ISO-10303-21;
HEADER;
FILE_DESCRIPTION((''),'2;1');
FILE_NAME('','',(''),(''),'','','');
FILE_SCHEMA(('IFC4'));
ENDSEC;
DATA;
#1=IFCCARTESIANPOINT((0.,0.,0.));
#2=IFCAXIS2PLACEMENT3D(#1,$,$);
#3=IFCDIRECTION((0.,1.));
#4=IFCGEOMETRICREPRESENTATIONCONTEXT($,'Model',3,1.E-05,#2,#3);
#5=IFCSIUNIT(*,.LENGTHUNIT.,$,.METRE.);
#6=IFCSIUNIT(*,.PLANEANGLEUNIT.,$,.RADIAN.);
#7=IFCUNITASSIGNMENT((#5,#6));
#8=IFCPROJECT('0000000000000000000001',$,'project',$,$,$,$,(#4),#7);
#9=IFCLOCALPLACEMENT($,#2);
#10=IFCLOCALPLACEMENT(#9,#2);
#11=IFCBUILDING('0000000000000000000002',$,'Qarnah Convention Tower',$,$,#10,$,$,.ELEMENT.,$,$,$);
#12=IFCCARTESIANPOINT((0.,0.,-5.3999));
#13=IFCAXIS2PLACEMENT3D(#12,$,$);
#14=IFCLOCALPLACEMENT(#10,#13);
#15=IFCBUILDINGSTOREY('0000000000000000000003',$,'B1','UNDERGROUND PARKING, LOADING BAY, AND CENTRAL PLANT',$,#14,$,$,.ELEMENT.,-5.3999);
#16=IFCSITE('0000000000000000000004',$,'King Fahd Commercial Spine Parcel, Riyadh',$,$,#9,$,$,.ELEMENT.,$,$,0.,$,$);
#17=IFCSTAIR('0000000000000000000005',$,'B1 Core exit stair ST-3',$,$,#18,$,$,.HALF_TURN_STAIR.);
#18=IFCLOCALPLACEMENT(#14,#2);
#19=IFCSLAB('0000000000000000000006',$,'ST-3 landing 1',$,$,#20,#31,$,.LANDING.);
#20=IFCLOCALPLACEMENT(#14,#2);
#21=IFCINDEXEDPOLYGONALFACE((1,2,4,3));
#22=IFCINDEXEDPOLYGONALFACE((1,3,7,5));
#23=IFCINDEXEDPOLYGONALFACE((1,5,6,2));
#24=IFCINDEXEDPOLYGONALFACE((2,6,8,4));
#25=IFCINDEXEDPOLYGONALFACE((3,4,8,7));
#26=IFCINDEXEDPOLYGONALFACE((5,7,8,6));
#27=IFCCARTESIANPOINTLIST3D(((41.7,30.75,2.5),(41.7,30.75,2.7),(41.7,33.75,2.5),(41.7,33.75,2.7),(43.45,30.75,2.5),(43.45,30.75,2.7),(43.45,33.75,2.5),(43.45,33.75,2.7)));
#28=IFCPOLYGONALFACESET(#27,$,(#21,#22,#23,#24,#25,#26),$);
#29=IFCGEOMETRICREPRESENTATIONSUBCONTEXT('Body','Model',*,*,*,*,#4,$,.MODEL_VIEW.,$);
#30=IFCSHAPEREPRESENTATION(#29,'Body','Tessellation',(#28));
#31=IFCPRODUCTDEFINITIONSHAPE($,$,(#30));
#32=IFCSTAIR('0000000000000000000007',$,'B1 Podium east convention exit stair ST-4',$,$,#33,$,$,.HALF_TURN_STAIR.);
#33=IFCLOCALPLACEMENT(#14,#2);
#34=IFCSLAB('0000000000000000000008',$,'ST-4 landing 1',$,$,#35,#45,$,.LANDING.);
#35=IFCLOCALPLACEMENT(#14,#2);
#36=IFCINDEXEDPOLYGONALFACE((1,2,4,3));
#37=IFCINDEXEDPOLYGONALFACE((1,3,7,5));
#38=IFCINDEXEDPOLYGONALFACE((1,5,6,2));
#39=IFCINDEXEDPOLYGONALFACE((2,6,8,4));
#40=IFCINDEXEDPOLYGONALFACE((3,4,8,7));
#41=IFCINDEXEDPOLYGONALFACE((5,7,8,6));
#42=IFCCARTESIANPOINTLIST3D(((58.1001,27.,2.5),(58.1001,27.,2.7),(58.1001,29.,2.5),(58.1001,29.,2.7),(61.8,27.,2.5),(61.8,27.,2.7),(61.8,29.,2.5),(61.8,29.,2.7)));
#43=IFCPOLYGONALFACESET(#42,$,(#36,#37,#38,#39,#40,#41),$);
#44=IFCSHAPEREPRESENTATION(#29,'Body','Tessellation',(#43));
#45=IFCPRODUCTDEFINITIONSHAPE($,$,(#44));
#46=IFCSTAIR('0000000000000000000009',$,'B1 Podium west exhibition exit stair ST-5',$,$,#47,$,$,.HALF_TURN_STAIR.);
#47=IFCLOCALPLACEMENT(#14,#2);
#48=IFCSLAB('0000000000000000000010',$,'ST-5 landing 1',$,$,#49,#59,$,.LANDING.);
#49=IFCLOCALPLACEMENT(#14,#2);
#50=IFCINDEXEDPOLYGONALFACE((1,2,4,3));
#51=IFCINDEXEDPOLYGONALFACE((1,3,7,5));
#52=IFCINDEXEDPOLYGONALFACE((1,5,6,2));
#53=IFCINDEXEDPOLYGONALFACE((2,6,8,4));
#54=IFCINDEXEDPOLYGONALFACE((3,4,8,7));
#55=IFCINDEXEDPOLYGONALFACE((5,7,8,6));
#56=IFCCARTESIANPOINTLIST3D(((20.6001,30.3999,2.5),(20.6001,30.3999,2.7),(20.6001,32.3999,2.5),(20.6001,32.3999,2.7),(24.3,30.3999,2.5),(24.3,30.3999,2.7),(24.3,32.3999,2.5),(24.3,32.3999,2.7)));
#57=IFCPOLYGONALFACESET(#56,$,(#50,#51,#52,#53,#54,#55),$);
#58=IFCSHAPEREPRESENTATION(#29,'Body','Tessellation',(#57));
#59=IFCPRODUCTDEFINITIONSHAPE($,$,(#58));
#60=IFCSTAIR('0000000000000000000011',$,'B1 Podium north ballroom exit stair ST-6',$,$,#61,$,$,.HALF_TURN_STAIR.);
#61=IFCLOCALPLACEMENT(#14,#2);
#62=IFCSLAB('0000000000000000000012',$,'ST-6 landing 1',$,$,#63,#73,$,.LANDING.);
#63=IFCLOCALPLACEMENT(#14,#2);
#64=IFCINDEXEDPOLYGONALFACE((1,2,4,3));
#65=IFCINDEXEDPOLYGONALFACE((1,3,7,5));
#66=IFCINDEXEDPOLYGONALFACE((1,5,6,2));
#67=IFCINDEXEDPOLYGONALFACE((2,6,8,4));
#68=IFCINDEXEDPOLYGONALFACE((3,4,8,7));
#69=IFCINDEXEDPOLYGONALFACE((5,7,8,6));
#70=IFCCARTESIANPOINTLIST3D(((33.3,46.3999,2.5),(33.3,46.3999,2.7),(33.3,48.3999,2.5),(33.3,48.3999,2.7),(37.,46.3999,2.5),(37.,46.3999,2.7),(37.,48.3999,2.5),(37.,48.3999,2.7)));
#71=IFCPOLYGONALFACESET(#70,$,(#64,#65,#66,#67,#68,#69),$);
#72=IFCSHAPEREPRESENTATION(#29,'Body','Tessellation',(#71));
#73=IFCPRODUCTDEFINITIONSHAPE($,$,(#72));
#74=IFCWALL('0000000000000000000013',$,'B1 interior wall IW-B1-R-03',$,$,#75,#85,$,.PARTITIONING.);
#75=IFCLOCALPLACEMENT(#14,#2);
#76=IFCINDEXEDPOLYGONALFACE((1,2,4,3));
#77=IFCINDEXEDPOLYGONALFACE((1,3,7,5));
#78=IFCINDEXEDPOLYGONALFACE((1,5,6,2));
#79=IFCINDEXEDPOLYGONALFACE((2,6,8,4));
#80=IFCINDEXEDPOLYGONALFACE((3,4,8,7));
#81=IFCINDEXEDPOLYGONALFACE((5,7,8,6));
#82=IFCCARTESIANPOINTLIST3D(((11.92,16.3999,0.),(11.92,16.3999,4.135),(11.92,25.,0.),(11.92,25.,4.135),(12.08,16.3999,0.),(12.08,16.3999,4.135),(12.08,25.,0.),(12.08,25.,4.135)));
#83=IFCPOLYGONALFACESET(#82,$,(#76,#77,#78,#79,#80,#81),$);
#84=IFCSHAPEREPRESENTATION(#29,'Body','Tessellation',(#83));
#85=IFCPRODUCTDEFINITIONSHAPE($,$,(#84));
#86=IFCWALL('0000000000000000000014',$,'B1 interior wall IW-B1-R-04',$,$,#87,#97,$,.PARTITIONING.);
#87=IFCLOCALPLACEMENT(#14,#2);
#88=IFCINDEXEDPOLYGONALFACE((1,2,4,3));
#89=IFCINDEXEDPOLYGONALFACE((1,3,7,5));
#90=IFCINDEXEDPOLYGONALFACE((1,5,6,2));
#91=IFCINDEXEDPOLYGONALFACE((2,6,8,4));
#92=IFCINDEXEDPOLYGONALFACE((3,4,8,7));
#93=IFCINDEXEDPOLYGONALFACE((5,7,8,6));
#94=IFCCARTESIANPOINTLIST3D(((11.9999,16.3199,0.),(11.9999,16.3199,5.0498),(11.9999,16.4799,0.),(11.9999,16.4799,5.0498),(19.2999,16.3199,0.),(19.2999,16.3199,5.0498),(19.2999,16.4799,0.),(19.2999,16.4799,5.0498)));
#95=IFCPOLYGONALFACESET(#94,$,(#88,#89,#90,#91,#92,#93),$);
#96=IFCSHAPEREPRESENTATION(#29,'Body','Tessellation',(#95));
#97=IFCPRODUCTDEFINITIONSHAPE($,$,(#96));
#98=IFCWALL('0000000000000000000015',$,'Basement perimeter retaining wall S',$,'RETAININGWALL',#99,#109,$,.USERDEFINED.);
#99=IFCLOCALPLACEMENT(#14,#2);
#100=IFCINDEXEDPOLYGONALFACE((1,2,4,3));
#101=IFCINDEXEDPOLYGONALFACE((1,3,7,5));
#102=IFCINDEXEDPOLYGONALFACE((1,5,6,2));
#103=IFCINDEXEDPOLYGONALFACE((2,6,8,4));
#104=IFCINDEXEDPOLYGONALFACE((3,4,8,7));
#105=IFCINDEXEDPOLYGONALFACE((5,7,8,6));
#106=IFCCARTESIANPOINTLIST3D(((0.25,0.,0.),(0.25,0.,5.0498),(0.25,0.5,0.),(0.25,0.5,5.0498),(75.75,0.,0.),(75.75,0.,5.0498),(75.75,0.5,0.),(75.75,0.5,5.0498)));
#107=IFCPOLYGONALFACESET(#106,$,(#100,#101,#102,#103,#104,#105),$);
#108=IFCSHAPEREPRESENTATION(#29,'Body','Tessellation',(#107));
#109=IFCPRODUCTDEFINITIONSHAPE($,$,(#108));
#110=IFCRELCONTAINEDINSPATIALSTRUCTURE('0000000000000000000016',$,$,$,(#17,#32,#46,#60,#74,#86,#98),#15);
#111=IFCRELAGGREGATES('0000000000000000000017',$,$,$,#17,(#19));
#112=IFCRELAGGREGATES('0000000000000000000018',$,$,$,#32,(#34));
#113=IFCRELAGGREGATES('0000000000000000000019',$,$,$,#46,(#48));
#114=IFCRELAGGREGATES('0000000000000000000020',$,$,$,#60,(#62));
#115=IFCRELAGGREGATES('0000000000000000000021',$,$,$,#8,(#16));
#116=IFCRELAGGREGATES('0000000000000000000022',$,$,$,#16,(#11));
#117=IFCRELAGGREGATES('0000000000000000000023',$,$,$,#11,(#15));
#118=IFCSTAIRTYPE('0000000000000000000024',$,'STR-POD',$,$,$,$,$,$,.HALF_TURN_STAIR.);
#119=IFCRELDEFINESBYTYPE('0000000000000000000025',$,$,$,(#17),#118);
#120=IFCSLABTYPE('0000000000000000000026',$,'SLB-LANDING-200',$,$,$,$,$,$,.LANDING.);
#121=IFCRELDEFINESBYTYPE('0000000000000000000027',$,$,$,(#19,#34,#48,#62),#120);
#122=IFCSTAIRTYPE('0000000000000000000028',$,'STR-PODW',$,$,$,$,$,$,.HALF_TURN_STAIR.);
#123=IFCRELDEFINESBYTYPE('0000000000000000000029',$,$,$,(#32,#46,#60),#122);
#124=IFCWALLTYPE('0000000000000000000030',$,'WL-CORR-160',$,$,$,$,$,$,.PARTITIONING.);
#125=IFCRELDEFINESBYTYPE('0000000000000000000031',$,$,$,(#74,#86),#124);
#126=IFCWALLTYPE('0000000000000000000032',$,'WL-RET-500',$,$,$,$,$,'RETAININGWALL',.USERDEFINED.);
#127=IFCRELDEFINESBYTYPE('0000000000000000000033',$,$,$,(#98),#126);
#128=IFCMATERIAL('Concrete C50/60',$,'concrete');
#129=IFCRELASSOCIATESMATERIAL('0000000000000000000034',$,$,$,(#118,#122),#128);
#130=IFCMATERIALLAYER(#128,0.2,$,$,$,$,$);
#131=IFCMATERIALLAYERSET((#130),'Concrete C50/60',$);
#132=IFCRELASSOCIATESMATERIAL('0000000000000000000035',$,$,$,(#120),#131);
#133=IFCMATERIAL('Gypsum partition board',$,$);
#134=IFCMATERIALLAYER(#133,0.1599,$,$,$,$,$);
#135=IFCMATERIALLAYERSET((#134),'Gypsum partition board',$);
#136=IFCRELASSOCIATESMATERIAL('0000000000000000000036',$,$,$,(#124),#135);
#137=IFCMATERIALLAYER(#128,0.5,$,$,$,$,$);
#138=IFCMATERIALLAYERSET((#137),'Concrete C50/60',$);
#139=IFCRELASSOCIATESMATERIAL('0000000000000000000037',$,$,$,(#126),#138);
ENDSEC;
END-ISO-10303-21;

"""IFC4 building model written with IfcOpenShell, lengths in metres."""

from ifc_helpers import new_model, si_unit, direction, frame, frame_2d, origin, place, context, subcontext, project, spatial, polyline, rectangle, outline, extrude, material, layer, layer_set, type_object, element, aggregate, save


model = new_model("IFC4")

# Units and contexts
model_context = context("Model", 3, precision=1e-05, world=origin(), true_north=direction((0.0, 1.0)))
body_context = subcontext(model_context, "Body", "Model", "MODEL_VIEW")
ifc_project = project(units=[si_unit("LENGTHUNIT", "METRE"), si_unit("PLANEANGLEUNIT", "RADIAN")], contexts=[model_context])

# Site, building, storey
site_placement = place(None, origin())
site = spatial("IfcSite", under=ifc_project, at=site_placement, Name="King Fahd Commercial Spine Parcel, Riyadh", CompositionType="ELEMENT", RefElevation=0.0)
building_placement = place(site_placement, origin())
building = spatial("IfcBuilding", under=site, at=building_placement, Name="Qarnah Convention Tower", CompositionType="ELEMENT")
storey_placement = place(building_placement, frame((0.0, 0.0, -5.3999)))
storey = spatial("IfcBuildingStorey", under=building, at=storey_placement, Name="B1", Description="UNDERGROUND PARKING, LOADING BAY, AND CENTRAL PLANT", CompositionType="ELEMENT", Elevation=-5.3999)

# Shared definitions
ifc_material_1 = material(Name="Concrete C50/60", Category="concrete")

# Stairs, slabs
stair_type_1 = type_object("IfcStairType", Name="STR-POD", PredefinedType="HALF_TURN_STAIR", material=ifc_material_1)
ifc_layer_1 = layer(ifc_material_1, 0.2)
ifc_layer_set_1 = layer_set([ifc_layer_1], Name="Concrete C50/60")
slab_type_1 = type_object("IfcSlabType", Name="SLB-LANDING-200", PredefinedType="LANDING", material=ifc_layer_set_1)
stair_1_placement = place(storey_placement, origin())
stair_1 = element("IfcStair", 1, at=stair_1_placement, inside=storey, type_object=stair_type_1, Name="B1 Core exit stair ST-3", PredefinedType="HALF_TURN_STAIR")
slab_1_placement = place(storey_placement, frame((0.0, 0.0, 2.5)))
slab_1 = element("IfcSlab", 2, at=slab_1_placement, type_object=slab_type_1, Name="ST-3 landing 1", PredefinedType="LANDING", context=body_context, shape_type="SweptSolid", body=[
    extrude(outline(polyline([(41.7, 30.75), (43.45, 30.75), (43.45, 33.75), (41.7, 33.75), (41.7, 30.75)])), origin(), (0.0, 0.0, 1.0), 0.2),
])
aggregate(stair_1, [slab_1])
stair_type_2 = type_object("IfcStairType", Name="STR-PODW", PredefinedType="HALF_TURN_STAIR", material=ifc_material_1)
stair_2_placement = place(storey_placement, origin())
stair_2 = element("IfcStair", 3, at=stair_2_placement, inside=storey, type_object=stair_type_2, Name="B1 Podium east convention exit stair ST-4", PredefinedType="HALF_TURN_STAIR")
slab_2_placement = place(storey_placement, frame((0.0, 0.0, 2.5)))
slab_2 = element("IfcSlab", 4, at=slab_2_placement, type_object=slab_type_1, Name="ST-4 landing 1", PredefinedType="LANDING", context=body_context, shape_type="SweptSolid", body=[
    extrude(outline(polyline([(61.8, 27.0), (61.8, 29.0), (58.1001, 29.0), (58.1001, 27.0), (61.8, 27.0)])), origin(), (0.0, 0.0, 1.0), 0.2),
])
aggregate(stair_2, [slab_2])
stair_3_placement = place(storey_placement, origin())
stair_3 = element("IfcStair", 5, at=stair_3_placement, inside=storey, type_object=stair_type_2, Name="B1 Podium west exhibition exit stair ST-5", PredefinedType="HALF_TURN_STAIR")
slab_3_placement = place(storey_placement, frame((0.0, 0.0, 2.5)))
slab_3 = element("IfcSlab", 6, at=slab_3_placement, type_object=slab_type_1, Name="ST-5 landing 1", PredefinedType="LANDING", context=body_context, shape_type="SweptSolid", body=[
    extrude(outline(polyline([(24.3, 30.3999), (24.3, 32.3999), (20.6001, 32.3999), (20.6001, 30.3999), (24.3, 30.3999)])), origin(), (0.0, 0.0, 1.0), 0.2),
])
aggregate(stair_3, [slab_3])
stair_4_placement = place(storey_placement, origin())
stair_4 = element("IfcStair", 7, at=stair_4_placement, inside=storey, type_object=stair_type_2, Name="B1 Podium north ballroom exit stair ST-6", PredefinedType="HALF_TURN_STAIR")
slab_4_placement = place(storey_placement, frame((0.0, 0.0, 2.5)))
slab_4 = element("IfcSlab", 8, at=slab_4_placement, type_object=slab_type_1, Name="ST-6 landing 1", PredefinedType="LANDING", context=body_context, shape_type="SweptSolid", body=[
    extrude(outline(polyline([(37.0, 46.3999), (37.0, 48.3999), (33.3, 48.3999), (33.3, 46.3999), (37.0, 46.3999)])), origin(), (0.0, 0.0, 1.0), 0.2),
])
aggregate(stair_4, [slab_4])

# Walls
ifc_material_2 = material(Name="Gypsum partition board")
ifc_layer_2 = layer(ifc_material_2, 0.1599)
ifc_layer_set_2 = layer_set([ifc_layer_2], Name="Gypsum partition board")
wall_type_1 = type_object("IfcWallType", Name="WL-CORR-160", PredefinedType="PARTITIONING", material=ifc_layer_set_2)
wall_1_placement = place(storey_placement, frame((12.0, 25.0, 0.0), z_axis=(0.0, 0.0, 1.0), x_axis=(0.0, -1.0, 0.0)))
element("IfcWall", 9, at=wall_1_placement, inside=storey, type_object=wall_type_1, Name="B1 interior wall IW-B1-R-03", PredefinedType="PARTITIONING", context=body_context, shape_type="SweptSolid", body=[
    extrude(rectangle(XDim=8.6001, YDim=0.1599, at=frame_2d((4.3, 0.0))), origin(), (0.0, 0.0, 1.0), 4.135),
])
wall_2_placement = place(storey_placement, frame((12.0, 16.3999, 0.0), z_axis=(0.0, 0.0, 1.0), x_axis=(1.0, 0.0, 0.0)))
element("IfcWall", 10, at=wall_2_placement, inside=storey, type_object=wall_type_1, Name="B1 interior wall IW-B1-R-04", PredefinedType="PARTITIONING", context=body_context, shape_type="SweptSolid", body=[
    extrude(rectangle(XDim=7.3, YDim=0.1599, at=frame_2d((3.6499, 0.0))), origin(), (0.0, 0.0, 1.0), 5.0498),
])
ifc_layer_3 = layer(ifc_material_1, 0.5)
ifc_layer_set_3 = layer_set([ifc_layer_3], Name="Concrete C50/60")
wall_type_2 = type_object("IfcWallType", Name="WL-RET-500", ElementType="RETAININGWALL", PredefinedType="USERDEFINED", material=ifc_layer_set_3)
wall_3_placement = place(storey_placement, frame((0.25, 0.25, 0.0), z_axis=(0.0, 0.0, 1.0), x_axis=(1.0, 0.0, 0.0)))
element("IfcWall", 11, at=wall_3_placement, inside=storey, type_object=wall_type_2, Name="Basement perimeter retaining wall S", ObjectType="RETAININGWALL", PredefinedType="USERDEFINED", context=body_context, shape_type="SweptSolid", body=[
    extrude(rectangle(XDim=75.5, YDim=0.5, at=frame_2d((37.75, 0.0))), origin(), (0.0, 0.0, 1.0), 5.0498),
])

save(model, "model.ifc")
